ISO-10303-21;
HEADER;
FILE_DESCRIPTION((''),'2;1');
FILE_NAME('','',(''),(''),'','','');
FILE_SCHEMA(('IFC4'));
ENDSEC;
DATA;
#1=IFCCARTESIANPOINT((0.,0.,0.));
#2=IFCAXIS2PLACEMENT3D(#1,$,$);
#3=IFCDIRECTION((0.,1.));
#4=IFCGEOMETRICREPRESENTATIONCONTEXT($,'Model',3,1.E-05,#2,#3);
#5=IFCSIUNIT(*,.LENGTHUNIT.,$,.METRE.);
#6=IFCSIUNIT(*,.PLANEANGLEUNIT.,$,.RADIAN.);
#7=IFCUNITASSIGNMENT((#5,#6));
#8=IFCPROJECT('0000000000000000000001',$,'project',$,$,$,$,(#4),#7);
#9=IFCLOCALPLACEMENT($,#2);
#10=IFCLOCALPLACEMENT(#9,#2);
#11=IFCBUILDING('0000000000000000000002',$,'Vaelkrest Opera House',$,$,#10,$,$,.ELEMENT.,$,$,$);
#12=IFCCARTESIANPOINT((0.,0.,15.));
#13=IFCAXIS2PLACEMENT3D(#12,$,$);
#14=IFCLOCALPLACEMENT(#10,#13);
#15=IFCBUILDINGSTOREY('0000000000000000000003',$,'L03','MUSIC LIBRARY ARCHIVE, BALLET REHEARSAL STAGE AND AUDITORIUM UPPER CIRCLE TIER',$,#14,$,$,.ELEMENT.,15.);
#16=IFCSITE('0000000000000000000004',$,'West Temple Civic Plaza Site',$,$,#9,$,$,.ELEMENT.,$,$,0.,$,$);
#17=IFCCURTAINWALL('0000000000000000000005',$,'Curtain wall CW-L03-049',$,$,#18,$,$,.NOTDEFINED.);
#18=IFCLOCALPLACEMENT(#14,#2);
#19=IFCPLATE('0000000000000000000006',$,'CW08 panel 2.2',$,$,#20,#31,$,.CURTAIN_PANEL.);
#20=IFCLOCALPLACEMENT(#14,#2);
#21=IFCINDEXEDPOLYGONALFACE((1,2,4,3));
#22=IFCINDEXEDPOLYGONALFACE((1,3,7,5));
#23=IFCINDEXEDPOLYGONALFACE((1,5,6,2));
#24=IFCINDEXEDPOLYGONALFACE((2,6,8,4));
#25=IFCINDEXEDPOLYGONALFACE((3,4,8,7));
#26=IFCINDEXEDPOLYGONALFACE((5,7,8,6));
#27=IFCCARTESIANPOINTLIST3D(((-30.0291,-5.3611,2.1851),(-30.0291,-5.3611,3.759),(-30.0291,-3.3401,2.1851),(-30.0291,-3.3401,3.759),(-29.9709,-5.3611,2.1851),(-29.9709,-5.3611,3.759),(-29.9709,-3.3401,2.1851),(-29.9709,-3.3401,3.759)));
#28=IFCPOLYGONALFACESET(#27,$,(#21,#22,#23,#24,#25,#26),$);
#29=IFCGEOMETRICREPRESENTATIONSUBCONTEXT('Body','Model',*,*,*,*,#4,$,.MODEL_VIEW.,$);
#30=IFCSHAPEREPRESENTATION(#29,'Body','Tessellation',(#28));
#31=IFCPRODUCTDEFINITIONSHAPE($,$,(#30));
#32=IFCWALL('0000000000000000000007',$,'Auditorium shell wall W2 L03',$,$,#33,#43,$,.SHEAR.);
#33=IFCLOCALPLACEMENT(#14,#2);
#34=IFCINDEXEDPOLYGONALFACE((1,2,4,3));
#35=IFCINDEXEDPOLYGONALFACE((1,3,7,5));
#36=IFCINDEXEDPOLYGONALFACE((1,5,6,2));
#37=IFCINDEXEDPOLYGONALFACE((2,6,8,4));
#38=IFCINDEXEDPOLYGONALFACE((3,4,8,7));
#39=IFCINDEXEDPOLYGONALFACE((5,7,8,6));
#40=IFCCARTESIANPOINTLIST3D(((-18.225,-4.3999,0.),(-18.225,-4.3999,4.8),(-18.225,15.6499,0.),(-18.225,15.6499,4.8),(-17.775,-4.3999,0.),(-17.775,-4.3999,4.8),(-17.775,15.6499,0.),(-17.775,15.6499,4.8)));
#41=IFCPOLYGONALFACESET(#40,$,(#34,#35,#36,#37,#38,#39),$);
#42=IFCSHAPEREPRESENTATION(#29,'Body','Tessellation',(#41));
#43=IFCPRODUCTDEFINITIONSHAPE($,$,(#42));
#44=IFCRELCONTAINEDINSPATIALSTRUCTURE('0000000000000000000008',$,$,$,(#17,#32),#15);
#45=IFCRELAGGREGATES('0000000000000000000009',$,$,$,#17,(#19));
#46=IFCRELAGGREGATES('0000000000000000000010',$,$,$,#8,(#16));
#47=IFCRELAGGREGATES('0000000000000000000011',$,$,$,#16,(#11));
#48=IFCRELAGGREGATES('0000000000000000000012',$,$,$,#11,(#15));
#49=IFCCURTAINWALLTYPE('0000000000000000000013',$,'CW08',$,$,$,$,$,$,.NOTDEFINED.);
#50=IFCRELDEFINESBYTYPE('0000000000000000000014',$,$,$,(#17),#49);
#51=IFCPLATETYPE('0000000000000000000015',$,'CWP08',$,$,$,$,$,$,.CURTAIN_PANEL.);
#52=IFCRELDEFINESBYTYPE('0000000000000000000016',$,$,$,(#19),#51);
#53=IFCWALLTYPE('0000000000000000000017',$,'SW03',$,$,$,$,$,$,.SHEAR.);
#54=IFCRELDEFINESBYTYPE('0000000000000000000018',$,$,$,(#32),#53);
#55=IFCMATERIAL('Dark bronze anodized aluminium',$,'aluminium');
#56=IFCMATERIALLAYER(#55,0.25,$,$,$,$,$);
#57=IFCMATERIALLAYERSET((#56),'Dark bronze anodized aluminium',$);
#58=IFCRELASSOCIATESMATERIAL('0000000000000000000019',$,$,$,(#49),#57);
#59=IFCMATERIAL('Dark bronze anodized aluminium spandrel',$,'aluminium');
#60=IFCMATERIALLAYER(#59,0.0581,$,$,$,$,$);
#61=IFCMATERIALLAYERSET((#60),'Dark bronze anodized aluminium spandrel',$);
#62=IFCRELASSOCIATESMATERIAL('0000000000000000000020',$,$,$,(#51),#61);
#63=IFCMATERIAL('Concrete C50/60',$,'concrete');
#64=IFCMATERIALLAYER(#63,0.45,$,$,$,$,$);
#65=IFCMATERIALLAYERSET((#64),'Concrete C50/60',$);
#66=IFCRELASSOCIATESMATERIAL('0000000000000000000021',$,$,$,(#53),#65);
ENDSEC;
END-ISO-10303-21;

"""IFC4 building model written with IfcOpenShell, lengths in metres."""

from ifc_helpers import new_model, si_unit, direction, frame, frame_2d, origin, origin_2d, place, context, subcontext, project, spatial, rectangle, extrude, material, layer, layer_set, type_object, element, aggregate, save


model = new_model("IFC4")

# Units and contexts
model_context = context("Model", 3, precision=1e-05, world=origin(), true_north=direction((0.0, 1.0)))
body_context = subcontext(model_context, "Body", "Model", "MODEL_VIEW")
ifc_project = project(units=[si_unit("LENGTHUNIT", "METRE"), si_unit("PLANEANGLEUNIT", "RADIAN")], contexts=[model_context])

# Site, building, storey
site_placement = place(None, origin())
site = spatial("IfcSite", under=ifc_project, at=site_placement, Name="West Temple Civic Plaza Site", CompositionType="ELEMENT", RefElevation=0.0)
building_placement = place(site_placement, origin())
building = spatial("IfcBuilding", under=site, at=building_placement, Name="Vaelkrest Opera House", CompositionType="ELEMENT")
storey_placement = place(building_placement, frame((0.0, 0.0, 15.0)))
storey = spatial("IfcBuildingStorey", under=building, at=storey_placement, Name="L03", Description="MUSIC LIBRARY ARCHIVE, BALLET REHEARSAL STAGE AND AUDITORIUM UPPER CIRCLE TIER", CompositionType="ELEMENT", Elevation=15.0)

# Shared definitions
ifc_material_1 = material(Name="Concrete C50/60", Category="concrete")

# Curtain wall
ifc_material_2 = material(Name="Dark bronze anodized aluminium", Category="aluminium")
ifc_layer_1 = layer(ifc_material_2, 0.25)
ifc_layer_set_1 = layer_set([ifc_layer_1], Name="Dark bronze anodized aluminium")
curtain_wall_type = type_object("IfcCurtainWallType", Name="CW08", PredefinedType="NOTDEFINED", material=ifc_layer_set_1)
curtain_wall_placement = place(storey_placement, origin())
curtain_wall = element("IfcCurtainWall", 1, at=curtain_wall_placement, inside=storey, type_object=curtain_wall_type, Name="Curtain wall CW-L03-049", PredefinedType="NOTDEFINED")

# Plate
ifc_material_3 = material(Name="Dark bronze anodized aluminium spandrel", Category="aluminium")
ifc_layer_2 = layer(ifc_material_3, 0.0581)
ifc_layer_set_2 = layer_set([ifc_layer_2], Name="Dark bronze anodized aluminium spandrel")
plate_type = type_object("IfcPlateType", Name="CWP08", PredefinedType="CURTAIN_PANEL", material=ifc_layer_set_2)
plate_1_placement = place(storey_placement, frame((-30.0, -4.3506, 2.1851), z_axis=(0.0, 0.0, 1.0), x_axis=(0.0, 1.0, 0.0)))
plate_1 = element("IfcPlate", 2, at=plate_1_placement, type_object=plate_type, Name="CW08 panel 2.2", PredefinedType="CURTAIN_PANEL", context=body_context, shape_type="SweptSolid", body=[
    extrude(rectangle(XDim=2.021, YDim=0.0581, at=origin_2d()), origin(), (0.0, 0.0, 1.0), 1.574),
])
aggregate(curtain_wall, [plate_1])

# Wall
ifc_layer_3 = layer(ifc_material_1, 0.45)
ifc_layer_set_3 = layer_set([ifc_layer_3], Name="Concrete C50/60")
wall_type = type_object("IfcWallType", Name="SW03", PredefinedType="SHEAR", material=ifc_layer_set_3)
wall_placement = place(storey_placement, frame((-18.0, -4.3999, 0.0), z_axis=(0.0, 0.0, 1.0), x_axis=(0.0, 1.0, 0.0)))
element("IfcWall", 3, at=wall_placement, inside=storey, type_object=wall_type, Name="Auditorium shell wall W2 L03", PredefinedType="SHEAR", context=body_context, shape_type="SweptSolid", body=[
    extrude(rectangle(XDim=20.0498, YDim=0.45, at=frame_2d((10.0249, 0.0))), origin(), (0.0, 0.0, 1.0), 4.8),
])

save(model, "model.ifc")
